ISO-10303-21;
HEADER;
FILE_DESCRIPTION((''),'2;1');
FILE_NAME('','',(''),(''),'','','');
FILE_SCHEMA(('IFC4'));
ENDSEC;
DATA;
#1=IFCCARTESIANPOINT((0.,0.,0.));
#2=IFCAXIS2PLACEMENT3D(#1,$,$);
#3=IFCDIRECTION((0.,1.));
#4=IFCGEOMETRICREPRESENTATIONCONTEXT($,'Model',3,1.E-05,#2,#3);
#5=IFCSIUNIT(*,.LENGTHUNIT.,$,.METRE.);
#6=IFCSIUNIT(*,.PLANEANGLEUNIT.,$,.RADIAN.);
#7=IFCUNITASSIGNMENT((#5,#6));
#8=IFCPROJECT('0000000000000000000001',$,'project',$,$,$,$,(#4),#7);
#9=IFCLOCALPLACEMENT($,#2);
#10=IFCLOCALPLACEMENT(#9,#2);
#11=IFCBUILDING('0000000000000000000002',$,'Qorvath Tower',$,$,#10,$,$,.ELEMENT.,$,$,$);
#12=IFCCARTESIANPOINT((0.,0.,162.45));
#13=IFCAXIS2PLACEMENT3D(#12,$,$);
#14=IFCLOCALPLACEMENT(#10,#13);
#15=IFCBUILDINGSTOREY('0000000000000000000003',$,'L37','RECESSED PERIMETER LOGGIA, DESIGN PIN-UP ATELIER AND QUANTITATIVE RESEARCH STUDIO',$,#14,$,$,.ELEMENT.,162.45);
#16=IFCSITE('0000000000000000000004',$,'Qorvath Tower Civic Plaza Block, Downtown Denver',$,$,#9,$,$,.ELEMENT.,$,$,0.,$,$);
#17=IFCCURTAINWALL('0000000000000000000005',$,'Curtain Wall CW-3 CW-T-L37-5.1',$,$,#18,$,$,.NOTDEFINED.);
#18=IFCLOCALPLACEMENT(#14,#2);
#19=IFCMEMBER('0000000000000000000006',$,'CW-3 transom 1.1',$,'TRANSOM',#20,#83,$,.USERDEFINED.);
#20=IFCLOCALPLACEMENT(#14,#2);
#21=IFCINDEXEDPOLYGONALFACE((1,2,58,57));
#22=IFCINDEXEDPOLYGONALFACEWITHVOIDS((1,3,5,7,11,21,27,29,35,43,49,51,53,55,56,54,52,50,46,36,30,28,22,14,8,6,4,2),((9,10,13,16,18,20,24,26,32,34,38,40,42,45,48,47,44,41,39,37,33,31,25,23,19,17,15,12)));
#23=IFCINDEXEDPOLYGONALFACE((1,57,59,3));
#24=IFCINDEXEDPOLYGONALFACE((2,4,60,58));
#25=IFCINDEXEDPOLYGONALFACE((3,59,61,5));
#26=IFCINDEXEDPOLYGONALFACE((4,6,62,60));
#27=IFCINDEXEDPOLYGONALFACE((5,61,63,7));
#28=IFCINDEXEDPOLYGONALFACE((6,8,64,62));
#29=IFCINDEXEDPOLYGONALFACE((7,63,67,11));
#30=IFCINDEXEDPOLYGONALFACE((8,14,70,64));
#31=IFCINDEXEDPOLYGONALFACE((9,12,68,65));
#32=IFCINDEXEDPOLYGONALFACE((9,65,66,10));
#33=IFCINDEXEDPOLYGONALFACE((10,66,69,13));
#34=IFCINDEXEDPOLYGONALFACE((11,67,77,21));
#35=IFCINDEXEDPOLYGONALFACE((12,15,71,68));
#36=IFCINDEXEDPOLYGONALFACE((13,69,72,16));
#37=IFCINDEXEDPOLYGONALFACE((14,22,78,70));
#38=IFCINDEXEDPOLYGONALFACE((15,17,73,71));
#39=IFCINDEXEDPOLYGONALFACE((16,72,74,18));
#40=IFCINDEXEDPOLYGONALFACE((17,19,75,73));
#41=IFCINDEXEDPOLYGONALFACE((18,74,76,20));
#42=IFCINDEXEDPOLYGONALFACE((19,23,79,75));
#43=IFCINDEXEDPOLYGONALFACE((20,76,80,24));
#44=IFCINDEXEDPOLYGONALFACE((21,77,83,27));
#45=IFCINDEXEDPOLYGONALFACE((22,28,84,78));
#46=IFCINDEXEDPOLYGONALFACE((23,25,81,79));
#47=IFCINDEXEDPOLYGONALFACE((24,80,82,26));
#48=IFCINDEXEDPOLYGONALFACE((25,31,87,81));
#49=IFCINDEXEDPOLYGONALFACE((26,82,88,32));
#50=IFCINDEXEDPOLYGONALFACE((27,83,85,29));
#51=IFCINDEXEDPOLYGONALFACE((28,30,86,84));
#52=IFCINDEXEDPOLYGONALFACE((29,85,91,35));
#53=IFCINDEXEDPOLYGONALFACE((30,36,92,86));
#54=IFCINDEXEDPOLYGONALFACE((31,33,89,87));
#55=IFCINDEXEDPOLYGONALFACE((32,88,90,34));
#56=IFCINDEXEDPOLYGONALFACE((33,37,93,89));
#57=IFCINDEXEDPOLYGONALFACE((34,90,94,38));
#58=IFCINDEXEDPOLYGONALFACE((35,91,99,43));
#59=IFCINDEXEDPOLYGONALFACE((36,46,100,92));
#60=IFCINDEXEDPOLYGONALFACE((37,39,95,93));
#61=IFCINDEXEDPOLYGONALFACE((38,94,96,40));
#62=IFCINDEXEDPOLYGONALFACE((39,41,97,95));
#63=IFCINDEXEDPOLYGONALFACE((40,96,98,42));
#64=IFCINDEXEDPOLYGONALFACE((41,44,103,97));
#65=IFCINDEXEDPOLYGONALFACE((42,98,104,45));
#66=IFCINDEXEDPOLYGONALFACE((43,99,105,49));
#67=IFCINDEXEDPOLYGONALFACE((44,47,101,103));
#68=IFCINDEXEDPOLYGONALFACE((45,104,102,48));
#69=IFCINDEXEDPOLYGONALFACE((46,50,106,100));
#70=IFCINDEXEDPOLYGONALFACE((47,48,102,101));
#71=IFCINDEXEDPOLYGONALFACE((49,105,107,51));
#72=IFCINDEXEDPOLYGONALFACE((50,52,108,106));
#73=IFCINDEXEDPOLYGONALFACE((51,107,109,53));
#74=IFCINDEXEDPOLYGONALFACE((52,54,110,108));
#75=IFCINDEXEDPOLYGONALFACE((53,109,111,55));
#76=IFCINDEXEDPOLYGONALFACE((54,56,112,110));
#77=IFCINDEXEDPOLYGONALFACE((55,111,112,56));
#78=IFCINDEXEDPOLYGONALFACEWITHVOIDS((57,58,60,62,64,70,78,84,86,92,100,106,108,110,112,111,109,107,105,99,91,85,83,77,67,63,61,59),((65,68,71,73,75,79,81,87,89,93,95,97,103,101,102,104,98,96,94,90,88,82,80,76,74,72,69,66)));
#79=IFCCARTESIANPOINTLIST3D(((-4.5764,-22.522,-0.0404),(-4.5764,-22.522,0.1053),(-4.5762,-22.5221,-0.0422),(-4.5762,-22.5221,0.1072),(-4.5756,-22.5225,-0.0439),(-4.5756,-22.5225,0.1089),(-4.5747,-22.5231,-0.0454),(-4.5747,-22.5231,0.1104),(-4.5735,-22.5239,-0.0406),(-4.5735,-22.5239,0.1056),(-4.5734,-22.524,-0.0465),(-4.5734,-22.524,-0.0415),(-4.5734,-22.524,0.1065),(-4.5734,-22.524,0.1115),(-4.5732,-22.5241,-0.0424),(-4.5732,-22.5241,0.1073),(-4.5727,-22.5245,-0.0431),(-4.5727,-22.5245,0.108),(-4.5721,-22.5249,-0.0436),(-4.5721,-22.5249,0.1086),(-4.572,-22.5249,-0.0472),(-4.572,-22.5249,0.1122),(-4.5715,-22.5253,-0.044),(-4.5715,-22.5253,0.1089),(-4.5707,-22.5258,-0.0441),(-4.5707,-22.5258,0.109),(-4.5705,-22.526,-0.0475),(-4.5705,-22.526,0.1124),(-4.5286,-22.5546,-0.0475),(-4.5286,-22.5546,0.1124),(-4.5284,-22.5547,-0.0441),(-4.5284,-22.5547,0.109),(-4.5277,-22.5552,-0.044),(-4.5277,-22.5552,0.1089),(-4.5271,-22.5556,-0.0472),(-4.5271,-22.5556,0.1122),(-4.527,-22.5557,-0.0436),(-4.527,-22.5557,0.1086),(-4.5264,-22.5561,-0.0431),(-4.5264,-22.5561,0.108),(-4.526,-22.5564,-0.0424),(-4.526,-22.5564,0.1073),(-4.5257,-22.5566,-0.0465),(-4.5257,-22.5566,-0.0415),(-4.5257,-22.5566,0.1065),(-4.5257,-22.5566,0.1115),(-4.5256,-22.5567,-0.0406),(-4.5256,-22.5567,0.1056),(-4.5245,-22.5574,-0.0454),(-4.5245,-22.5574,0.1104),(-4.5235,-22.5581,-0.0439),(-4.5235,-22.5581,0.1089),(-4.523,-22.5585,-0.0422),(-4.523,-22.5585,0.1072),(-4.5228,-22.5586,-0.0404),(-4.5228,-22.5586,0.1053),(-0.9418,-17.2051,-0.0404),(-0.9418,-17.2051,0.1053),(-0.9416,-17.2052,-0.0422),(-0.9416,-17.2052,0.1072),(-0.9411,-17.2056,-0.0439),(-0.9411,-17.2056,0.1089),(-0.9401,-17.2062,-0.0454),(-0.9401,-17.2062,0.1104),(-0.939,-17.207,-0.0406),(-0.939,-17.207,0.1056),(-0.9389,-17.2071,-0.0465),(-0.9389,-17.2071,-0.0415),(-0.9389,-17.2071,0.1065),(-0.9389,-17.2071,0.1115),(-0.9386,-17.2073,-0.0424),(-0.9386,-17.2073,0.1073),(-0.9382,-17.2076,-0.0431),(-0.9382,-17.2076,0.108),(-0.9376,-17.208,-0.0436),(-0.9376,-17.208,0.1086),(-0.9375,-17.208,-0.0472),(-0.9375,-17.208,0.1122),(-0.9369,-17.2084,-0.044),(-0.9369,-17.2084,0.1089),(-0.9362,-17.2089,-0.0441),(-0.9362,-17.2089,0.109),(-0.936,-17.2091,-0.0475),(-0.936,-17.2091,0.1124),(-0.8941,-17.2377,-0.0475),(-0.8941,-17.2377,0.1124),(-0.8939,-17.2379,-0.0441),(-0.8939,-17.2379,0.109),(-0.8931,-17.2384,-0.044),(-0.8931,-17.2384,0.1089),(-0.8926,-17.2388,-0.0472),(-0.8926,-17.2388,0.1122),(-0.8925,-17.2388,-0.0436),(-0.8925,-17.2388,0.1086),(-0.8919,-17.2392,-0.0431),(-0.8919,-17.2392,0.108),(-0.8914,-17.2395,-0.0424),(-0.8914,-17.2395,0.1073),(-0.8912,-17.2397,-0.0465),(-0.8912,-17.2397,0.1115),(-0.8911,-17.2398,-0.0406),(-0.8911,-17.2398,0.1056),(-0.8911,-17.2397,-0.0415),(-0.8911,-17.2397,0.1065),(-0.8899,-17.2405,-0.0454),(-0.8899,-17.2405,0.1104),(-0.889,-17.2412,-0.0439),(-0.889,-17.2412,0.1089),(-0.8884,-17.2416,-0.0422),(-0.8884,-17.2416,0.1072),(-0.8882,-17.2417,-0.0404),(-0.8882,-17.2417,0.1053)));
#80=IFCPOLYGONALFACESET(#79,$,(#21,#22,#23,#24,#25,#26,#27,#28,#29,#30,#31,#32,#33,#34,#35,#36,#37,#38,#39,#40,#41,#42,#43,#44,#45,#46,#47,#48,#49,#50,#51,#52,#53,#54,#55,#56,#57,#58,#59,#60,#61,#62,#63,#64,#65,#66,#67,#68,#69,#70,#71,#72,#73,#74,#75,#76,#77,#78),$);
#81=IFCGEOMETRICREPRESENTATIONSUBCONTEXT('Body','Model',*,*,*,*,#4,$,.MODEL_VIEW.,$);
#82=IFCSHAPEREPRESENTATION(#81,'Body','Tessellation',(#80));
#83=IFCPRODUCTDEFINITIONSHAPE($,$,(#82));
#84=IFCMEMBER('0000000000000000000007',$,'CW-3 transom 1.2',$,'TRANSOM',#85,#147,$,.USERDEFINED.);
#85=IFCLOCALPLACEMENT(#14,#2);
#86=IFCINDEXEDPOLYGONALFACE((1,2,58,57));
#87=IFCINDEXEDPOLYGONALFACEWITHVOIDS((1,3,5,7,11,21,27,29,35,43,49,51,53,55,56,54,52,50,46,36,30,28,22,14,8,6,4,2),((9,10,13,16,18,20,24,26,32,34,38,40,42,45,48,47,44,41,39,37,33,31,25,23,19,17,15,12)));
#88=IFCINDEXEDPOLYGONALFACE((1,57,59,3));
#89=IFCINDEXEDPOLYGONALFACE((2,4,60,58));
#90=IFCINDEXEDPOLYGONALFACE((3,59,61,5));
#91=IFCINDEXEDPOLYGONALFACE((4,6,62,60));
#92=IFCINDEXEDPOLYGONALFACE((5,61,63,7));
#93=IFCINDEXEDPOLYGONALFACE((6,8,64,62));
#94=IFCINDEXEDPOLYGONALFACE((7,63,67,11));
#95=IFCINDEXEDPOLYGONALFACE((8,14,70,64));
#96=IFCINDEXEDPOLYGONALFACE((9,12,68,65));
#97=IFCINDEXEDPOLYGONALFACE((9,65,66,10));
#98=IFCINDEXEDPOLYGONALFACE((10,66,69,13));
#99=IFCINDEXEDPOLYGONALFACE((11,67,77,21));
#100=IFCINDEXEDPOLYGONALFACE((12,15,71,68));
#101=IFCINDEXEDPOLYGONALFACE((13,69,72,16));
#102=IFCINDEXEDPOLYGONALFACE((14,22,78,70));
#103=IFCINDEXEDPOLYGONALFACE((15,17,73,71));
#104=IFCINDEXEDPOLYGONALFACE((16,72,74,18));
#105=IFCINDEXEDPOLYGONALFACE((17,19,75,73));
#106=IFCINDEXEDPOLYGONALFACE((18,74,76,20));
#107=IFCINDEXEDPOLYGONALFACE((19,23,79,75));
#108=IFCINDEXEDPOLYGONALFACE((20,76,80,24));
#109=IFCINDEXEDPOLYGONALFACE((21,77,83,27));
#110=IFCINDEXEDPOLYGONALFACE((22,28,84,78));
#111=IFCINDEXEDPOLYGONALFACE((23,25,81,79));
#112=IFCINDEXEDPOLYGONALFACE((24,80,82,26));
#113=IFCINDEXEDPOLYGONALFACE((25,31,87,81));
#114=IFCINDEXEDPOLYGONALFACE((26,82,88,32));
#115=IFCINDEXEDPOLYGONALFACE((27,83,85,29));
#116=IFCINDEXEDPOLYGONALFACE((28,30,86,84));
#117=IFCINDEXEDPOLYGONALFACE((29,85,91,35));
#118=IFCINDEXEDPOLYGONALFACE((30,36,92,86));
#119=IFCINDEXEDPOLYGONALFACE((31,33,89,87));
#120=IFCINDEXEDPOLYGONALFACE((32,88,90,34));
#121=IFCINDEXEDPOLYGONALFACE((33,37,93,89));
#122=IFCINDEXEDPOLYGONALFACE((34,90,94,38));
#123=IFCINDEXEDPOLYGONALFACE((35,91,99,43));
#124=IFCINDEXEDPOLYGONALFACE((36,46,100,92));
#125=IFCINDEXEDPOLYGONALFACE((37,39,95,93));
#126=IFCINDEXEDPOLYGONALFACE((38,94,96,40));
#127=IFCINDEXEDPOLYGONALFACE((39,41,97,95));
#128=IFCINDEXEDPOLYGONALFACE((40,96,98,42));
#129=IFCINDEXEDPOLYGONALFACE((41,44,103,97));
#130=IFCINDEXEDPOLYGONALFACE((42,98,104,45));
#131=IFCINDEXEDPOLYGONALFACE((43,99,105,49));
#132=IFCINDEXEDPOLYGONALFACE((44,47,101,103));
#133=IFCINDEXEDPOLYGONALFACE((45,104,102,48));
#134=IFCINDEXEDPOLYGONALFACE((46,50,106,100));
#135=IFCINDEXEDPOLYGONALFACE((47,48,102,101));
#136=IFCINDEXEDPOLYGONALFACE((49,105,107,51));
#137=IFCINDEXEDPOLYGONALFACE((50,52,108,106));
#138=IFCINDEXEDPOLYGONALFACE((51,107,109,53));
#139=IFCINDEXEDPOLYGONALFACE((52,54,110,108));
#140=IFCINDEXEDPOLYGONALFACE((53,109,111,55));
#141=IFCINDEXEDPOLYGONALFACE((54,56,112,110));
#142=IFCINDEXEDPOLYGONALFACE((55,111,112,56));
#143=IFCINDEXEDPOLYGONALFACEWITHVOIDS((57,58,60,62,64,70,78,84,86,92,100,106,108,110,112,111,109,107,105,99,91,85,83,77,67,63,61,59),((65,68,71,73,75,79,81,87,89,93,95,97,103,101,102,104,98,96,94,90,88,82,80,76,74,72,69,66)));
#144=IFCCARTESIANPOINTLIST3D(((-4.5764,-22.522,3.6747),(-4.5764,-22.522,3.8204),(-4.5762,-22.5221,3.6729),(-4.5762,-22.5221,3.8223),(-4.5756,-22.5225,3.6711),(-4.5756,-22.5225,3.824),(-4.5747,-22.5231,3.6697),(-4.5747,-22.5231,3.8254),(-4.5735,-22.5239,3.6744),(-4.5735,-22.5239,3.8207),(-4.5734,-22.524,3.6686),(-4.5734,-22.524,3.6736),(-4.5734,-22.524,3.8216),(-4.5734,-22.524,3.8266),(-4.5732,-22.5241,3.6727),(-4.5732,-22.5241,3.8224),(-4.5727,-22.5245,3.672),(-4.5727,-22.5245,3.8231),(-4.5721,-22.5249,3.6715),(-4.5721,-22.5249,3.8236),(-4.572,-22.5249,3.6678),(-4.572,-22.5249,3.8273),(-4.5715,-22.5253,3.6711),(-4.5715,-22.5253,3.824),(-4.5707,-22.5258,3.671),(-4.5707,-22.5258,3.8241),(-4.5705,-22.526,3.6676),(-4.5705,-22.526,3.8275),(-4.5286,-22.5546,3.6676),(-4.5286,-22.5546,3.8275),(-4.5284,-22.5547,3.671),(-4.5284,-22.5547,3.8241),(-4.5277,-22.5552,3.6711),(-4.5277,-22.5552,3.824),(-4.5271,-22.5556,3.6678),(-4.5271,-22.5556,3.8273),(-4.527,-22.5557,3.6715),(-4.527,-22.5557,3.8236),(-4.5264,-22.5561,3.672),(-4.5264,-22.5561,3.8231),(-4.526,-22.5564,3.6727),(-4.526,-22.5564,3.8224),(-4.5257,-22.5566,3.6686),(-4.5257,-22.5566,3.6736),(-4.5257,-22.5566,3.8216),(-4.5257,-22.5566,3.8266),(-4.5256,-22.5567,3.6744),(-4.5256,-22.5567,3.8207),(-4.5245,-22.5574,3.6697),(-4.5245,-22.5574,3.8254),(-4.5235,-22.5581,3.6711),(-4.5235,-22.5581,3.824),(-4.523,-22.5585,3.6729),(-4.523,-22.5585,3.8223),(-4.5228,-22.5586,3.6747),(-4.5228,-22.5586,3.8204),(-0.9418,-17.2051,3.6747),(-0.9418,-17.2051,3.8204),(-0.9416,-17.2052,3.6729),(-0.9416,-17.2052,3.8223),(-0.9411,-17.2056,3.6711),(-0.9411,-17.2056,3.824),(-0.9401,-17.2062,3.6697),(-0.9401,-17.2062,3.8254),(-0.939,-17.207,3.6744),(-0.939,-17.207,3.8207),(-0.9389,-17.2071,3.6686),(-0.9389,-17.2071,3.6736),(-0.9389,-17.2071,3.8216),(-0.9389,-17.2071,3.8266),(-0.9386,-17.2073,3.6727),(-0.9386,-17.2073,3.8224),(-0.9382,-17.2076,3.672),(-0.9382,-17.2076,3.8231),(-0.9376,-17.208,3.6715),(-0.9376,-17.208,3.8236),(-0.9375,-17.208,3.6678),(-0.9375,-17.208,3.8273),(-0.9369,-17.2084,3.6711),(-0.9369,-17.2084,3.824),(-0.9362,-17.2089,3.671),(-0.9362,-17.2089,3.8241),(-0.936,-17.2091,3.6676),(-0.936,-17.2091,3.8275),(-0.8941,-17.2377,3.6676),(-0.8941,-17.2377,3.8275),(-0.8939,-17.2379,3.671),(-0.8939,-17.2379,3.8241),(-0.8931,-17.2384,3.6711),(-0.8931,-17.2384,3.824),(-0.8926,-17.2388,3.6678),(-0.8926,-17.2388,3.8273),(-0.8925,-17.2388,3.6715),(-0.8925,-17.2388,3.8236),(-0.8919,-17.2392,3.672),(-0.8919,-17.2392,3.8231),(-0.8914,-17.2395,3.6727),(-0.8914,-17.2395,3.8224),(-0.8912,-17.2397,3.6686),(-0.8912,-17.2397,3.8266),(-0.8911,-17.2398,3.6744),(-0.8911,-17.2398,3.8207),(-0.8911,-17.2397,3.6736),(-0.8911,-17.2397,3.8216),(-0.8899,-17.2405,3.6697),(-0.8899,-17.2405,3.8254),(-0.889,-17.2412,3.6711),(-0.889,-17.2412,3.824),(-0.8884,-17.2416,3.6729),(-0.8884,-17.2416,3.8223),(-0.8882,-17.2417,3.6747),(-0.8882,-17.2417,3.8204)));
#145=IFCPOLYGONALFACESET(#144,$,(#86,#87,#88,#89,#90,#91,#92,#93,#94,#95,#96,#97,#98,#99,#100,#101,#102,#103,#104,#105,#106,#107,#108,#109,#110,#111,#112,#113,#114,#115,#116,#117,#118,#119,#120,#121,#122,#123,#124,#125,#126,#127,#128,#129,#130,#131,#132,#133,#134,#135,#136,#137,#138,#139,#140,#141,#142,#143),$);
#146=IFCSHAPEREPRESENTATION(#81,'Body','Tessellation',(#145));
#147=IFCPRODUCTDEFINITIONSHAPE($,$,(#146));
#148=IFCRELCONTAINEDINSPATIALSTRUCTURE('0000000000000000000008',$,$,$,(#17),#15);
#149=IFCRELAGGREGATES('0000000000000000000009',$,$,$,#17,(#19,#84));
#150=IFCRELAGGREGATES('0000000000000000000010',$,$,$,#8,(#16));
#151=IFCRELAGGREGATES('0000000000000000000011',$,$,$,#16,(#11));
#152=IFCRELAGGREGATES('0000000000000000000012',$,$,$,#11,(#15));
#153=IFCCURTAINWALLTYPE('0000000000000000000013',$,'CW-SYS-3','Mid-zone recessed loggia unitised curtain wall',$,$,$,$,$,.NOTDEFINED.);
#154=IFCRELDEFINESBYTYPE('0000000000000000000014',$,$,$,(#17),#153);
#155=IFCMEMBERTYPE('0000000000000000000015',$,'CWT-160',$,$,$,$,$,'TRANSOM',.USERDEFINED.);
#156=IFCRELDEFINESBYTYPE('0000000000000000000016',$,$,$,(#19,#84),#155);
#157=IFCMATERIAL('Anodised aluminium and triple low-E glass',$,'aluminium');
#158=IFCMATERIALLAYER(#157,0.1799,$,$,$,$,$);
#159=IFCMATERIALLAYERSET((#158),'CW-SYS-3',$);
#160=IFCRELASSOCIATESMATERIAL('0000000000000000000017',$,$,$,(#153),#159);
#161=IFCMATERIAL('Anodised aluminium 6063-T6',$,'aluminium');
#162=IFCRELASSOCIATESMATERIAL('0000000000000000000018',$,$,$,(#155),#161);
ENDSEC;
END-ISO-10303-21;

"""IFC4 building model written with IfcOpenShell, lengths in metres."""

from ifc_helpers import new_model, si_unit, direction, frame, origin, origin_2d, place, context, subcontext, project, spatial, hollow_rectangle, extrude, material, layer, layer_set, material_profile, profile_set, type_object, element, aggregate, save


model = new_model("IFC4")

# Units and contexts
model_context = context("Model", 3, precision=1e-05, world=origin(), true_north=direction((0.0, 1.0)))
body_context = subcontext(model_context, "Body", "Model", "MODEL_VIEW")
ifc_project = project(units=[si_unit("LENGTHUNIT", "METRE"), si_unit("PLANEANGLEUNIT", "RADIAN")], contexts=[model_context])

# Site, building, storey
site_placement = place(None, origin())
site = spatial("IfcSite", under=ifc_project, at=site_placement, Name="Qorvath Tower Civic Plaza Block, Downtown Denver", CompositionType="ELEMENT", RefElevation=0.0)
building_placement = place(site_placement, origin())
building = spatial("IfcBuilding", under=site, at=building_placement, Name="Qorvath Tower", CompositionType="ELEMENT")
storey_placement = place(building_placement, frame((0.0, 0.0, 162.45)))
storey = spatial("IfcBuildingStorey", under=building, at=storey_placement, Name="L37", Description="RECESSED PERIMETER LOGGIA, DESIGN PIN-UP ATELIER AND QUANTITATIVE RESEARCH STUDIO", CompositionType="ELEMENT", Elevation=162.45)

# Shared definitions
ifc_material_1 = material(Name="Anodised aluminium and triple low-E glass", Category="aluminium")
ifc_layer_1 = layer(ifc_material_1, 0.1799)
ifc_layer_set_1 = layer_set([ifc_layer_1], Name="CW-SYS-3")
curtain_wall_type = type_object("IfcCurtainWallType", Name="CW-SYS-3", Description="Mid-zone recessed loggia unitised curtain wall", PredefinedType="NOTDEFINED", material=ifc_layer_set_1)

# Curtain wall
curtain_wall_1_placement = place(storey_placement, origin())
curtain_wall_1 = element("IfcCurtainWall", 1, at=curtain_wall_1_placement, inside=storey, type_object=curtain_wall_type, Name="Curtain Wall CW-3 CW-T-L37-5.1", PredefinedType="NOTDEFINED")

# Members
ifc_material_2 = material(Name="Anodised aluminium 6063-T6", Category="aluminium")
ifc_material_profile_1 = material_profile(ifc_material_2, hollow_rectangle(XDim=0.0649, YDim=0.1599, WallThickness=0.0034, InnerFilletRadius=0.0034, OuterFilletRadius=0.0071, at=origin_2d()), Name="CWT 160x65")
ifc_profile_set_1 = profile_set([ifc_material_profile_1], Name="Anodised aluminium 6063-T6")
member_type_1 = type_object("IfcMemberType", Name="CWT-160", ElementType="TRANSOM", PredefinedType="USERDEFINED", material=ifc_profile_set_1)
member_1_placement = place(storey_placement, frame((-4.5496, -22.5403, 0.0325), z_axis=(0.564329, 0.82555, 0.0), x_axis=(-0.82555, 0.564329, 0.0)))
member_1 = element("IfcMember", 2, at=member_1_placement, type_object=member_type_1, Name="CW-3 transom 1.1", ObjectType="TRANSOM", PredefinedType="USERDEFINED", context=body_context, shape_type="SweptSolid", body=[
    extrude(hollow_rectangle(XDim=0.0649, YDim=0.1599, WallThickness=0.0034, InnerFilletRadius=0.0034, OuterFilletRadius=0.0071, at=origin_2d()), origin(), (0.0, 0.0, 1.0), 6.4404),
])
member_2_placement = place(storey_placement, frame((-4.5496, -22.5403, 3.7476), z_axis=(0.564329, 0.82555, 0.0), x_axis=(-0.82555, 0.564329, 0.0)))
member_2 = element("IfcMember", 3, at=member_2_placement, type_object=member_type_1, Name="CW-3 transom 1.2", ObjectType="TRANSOM", PredefinedType="USERDEFINED", context=body_context, shape_type="SweptSolid", body=[
    extrude(hollow_rectangle(XDim=0.0649, YDim=0.1599, WallThickness=0.0034, InnerFilletRadius=0.0034, OuterFilletRadius=0.0071, at=origin_2d()), origin(), (0.0, 0.0, 1.0), 6.4404),
])

aggregate(curtain_wall_1, [member_1, member_2])

save(model, "model.ifc")
